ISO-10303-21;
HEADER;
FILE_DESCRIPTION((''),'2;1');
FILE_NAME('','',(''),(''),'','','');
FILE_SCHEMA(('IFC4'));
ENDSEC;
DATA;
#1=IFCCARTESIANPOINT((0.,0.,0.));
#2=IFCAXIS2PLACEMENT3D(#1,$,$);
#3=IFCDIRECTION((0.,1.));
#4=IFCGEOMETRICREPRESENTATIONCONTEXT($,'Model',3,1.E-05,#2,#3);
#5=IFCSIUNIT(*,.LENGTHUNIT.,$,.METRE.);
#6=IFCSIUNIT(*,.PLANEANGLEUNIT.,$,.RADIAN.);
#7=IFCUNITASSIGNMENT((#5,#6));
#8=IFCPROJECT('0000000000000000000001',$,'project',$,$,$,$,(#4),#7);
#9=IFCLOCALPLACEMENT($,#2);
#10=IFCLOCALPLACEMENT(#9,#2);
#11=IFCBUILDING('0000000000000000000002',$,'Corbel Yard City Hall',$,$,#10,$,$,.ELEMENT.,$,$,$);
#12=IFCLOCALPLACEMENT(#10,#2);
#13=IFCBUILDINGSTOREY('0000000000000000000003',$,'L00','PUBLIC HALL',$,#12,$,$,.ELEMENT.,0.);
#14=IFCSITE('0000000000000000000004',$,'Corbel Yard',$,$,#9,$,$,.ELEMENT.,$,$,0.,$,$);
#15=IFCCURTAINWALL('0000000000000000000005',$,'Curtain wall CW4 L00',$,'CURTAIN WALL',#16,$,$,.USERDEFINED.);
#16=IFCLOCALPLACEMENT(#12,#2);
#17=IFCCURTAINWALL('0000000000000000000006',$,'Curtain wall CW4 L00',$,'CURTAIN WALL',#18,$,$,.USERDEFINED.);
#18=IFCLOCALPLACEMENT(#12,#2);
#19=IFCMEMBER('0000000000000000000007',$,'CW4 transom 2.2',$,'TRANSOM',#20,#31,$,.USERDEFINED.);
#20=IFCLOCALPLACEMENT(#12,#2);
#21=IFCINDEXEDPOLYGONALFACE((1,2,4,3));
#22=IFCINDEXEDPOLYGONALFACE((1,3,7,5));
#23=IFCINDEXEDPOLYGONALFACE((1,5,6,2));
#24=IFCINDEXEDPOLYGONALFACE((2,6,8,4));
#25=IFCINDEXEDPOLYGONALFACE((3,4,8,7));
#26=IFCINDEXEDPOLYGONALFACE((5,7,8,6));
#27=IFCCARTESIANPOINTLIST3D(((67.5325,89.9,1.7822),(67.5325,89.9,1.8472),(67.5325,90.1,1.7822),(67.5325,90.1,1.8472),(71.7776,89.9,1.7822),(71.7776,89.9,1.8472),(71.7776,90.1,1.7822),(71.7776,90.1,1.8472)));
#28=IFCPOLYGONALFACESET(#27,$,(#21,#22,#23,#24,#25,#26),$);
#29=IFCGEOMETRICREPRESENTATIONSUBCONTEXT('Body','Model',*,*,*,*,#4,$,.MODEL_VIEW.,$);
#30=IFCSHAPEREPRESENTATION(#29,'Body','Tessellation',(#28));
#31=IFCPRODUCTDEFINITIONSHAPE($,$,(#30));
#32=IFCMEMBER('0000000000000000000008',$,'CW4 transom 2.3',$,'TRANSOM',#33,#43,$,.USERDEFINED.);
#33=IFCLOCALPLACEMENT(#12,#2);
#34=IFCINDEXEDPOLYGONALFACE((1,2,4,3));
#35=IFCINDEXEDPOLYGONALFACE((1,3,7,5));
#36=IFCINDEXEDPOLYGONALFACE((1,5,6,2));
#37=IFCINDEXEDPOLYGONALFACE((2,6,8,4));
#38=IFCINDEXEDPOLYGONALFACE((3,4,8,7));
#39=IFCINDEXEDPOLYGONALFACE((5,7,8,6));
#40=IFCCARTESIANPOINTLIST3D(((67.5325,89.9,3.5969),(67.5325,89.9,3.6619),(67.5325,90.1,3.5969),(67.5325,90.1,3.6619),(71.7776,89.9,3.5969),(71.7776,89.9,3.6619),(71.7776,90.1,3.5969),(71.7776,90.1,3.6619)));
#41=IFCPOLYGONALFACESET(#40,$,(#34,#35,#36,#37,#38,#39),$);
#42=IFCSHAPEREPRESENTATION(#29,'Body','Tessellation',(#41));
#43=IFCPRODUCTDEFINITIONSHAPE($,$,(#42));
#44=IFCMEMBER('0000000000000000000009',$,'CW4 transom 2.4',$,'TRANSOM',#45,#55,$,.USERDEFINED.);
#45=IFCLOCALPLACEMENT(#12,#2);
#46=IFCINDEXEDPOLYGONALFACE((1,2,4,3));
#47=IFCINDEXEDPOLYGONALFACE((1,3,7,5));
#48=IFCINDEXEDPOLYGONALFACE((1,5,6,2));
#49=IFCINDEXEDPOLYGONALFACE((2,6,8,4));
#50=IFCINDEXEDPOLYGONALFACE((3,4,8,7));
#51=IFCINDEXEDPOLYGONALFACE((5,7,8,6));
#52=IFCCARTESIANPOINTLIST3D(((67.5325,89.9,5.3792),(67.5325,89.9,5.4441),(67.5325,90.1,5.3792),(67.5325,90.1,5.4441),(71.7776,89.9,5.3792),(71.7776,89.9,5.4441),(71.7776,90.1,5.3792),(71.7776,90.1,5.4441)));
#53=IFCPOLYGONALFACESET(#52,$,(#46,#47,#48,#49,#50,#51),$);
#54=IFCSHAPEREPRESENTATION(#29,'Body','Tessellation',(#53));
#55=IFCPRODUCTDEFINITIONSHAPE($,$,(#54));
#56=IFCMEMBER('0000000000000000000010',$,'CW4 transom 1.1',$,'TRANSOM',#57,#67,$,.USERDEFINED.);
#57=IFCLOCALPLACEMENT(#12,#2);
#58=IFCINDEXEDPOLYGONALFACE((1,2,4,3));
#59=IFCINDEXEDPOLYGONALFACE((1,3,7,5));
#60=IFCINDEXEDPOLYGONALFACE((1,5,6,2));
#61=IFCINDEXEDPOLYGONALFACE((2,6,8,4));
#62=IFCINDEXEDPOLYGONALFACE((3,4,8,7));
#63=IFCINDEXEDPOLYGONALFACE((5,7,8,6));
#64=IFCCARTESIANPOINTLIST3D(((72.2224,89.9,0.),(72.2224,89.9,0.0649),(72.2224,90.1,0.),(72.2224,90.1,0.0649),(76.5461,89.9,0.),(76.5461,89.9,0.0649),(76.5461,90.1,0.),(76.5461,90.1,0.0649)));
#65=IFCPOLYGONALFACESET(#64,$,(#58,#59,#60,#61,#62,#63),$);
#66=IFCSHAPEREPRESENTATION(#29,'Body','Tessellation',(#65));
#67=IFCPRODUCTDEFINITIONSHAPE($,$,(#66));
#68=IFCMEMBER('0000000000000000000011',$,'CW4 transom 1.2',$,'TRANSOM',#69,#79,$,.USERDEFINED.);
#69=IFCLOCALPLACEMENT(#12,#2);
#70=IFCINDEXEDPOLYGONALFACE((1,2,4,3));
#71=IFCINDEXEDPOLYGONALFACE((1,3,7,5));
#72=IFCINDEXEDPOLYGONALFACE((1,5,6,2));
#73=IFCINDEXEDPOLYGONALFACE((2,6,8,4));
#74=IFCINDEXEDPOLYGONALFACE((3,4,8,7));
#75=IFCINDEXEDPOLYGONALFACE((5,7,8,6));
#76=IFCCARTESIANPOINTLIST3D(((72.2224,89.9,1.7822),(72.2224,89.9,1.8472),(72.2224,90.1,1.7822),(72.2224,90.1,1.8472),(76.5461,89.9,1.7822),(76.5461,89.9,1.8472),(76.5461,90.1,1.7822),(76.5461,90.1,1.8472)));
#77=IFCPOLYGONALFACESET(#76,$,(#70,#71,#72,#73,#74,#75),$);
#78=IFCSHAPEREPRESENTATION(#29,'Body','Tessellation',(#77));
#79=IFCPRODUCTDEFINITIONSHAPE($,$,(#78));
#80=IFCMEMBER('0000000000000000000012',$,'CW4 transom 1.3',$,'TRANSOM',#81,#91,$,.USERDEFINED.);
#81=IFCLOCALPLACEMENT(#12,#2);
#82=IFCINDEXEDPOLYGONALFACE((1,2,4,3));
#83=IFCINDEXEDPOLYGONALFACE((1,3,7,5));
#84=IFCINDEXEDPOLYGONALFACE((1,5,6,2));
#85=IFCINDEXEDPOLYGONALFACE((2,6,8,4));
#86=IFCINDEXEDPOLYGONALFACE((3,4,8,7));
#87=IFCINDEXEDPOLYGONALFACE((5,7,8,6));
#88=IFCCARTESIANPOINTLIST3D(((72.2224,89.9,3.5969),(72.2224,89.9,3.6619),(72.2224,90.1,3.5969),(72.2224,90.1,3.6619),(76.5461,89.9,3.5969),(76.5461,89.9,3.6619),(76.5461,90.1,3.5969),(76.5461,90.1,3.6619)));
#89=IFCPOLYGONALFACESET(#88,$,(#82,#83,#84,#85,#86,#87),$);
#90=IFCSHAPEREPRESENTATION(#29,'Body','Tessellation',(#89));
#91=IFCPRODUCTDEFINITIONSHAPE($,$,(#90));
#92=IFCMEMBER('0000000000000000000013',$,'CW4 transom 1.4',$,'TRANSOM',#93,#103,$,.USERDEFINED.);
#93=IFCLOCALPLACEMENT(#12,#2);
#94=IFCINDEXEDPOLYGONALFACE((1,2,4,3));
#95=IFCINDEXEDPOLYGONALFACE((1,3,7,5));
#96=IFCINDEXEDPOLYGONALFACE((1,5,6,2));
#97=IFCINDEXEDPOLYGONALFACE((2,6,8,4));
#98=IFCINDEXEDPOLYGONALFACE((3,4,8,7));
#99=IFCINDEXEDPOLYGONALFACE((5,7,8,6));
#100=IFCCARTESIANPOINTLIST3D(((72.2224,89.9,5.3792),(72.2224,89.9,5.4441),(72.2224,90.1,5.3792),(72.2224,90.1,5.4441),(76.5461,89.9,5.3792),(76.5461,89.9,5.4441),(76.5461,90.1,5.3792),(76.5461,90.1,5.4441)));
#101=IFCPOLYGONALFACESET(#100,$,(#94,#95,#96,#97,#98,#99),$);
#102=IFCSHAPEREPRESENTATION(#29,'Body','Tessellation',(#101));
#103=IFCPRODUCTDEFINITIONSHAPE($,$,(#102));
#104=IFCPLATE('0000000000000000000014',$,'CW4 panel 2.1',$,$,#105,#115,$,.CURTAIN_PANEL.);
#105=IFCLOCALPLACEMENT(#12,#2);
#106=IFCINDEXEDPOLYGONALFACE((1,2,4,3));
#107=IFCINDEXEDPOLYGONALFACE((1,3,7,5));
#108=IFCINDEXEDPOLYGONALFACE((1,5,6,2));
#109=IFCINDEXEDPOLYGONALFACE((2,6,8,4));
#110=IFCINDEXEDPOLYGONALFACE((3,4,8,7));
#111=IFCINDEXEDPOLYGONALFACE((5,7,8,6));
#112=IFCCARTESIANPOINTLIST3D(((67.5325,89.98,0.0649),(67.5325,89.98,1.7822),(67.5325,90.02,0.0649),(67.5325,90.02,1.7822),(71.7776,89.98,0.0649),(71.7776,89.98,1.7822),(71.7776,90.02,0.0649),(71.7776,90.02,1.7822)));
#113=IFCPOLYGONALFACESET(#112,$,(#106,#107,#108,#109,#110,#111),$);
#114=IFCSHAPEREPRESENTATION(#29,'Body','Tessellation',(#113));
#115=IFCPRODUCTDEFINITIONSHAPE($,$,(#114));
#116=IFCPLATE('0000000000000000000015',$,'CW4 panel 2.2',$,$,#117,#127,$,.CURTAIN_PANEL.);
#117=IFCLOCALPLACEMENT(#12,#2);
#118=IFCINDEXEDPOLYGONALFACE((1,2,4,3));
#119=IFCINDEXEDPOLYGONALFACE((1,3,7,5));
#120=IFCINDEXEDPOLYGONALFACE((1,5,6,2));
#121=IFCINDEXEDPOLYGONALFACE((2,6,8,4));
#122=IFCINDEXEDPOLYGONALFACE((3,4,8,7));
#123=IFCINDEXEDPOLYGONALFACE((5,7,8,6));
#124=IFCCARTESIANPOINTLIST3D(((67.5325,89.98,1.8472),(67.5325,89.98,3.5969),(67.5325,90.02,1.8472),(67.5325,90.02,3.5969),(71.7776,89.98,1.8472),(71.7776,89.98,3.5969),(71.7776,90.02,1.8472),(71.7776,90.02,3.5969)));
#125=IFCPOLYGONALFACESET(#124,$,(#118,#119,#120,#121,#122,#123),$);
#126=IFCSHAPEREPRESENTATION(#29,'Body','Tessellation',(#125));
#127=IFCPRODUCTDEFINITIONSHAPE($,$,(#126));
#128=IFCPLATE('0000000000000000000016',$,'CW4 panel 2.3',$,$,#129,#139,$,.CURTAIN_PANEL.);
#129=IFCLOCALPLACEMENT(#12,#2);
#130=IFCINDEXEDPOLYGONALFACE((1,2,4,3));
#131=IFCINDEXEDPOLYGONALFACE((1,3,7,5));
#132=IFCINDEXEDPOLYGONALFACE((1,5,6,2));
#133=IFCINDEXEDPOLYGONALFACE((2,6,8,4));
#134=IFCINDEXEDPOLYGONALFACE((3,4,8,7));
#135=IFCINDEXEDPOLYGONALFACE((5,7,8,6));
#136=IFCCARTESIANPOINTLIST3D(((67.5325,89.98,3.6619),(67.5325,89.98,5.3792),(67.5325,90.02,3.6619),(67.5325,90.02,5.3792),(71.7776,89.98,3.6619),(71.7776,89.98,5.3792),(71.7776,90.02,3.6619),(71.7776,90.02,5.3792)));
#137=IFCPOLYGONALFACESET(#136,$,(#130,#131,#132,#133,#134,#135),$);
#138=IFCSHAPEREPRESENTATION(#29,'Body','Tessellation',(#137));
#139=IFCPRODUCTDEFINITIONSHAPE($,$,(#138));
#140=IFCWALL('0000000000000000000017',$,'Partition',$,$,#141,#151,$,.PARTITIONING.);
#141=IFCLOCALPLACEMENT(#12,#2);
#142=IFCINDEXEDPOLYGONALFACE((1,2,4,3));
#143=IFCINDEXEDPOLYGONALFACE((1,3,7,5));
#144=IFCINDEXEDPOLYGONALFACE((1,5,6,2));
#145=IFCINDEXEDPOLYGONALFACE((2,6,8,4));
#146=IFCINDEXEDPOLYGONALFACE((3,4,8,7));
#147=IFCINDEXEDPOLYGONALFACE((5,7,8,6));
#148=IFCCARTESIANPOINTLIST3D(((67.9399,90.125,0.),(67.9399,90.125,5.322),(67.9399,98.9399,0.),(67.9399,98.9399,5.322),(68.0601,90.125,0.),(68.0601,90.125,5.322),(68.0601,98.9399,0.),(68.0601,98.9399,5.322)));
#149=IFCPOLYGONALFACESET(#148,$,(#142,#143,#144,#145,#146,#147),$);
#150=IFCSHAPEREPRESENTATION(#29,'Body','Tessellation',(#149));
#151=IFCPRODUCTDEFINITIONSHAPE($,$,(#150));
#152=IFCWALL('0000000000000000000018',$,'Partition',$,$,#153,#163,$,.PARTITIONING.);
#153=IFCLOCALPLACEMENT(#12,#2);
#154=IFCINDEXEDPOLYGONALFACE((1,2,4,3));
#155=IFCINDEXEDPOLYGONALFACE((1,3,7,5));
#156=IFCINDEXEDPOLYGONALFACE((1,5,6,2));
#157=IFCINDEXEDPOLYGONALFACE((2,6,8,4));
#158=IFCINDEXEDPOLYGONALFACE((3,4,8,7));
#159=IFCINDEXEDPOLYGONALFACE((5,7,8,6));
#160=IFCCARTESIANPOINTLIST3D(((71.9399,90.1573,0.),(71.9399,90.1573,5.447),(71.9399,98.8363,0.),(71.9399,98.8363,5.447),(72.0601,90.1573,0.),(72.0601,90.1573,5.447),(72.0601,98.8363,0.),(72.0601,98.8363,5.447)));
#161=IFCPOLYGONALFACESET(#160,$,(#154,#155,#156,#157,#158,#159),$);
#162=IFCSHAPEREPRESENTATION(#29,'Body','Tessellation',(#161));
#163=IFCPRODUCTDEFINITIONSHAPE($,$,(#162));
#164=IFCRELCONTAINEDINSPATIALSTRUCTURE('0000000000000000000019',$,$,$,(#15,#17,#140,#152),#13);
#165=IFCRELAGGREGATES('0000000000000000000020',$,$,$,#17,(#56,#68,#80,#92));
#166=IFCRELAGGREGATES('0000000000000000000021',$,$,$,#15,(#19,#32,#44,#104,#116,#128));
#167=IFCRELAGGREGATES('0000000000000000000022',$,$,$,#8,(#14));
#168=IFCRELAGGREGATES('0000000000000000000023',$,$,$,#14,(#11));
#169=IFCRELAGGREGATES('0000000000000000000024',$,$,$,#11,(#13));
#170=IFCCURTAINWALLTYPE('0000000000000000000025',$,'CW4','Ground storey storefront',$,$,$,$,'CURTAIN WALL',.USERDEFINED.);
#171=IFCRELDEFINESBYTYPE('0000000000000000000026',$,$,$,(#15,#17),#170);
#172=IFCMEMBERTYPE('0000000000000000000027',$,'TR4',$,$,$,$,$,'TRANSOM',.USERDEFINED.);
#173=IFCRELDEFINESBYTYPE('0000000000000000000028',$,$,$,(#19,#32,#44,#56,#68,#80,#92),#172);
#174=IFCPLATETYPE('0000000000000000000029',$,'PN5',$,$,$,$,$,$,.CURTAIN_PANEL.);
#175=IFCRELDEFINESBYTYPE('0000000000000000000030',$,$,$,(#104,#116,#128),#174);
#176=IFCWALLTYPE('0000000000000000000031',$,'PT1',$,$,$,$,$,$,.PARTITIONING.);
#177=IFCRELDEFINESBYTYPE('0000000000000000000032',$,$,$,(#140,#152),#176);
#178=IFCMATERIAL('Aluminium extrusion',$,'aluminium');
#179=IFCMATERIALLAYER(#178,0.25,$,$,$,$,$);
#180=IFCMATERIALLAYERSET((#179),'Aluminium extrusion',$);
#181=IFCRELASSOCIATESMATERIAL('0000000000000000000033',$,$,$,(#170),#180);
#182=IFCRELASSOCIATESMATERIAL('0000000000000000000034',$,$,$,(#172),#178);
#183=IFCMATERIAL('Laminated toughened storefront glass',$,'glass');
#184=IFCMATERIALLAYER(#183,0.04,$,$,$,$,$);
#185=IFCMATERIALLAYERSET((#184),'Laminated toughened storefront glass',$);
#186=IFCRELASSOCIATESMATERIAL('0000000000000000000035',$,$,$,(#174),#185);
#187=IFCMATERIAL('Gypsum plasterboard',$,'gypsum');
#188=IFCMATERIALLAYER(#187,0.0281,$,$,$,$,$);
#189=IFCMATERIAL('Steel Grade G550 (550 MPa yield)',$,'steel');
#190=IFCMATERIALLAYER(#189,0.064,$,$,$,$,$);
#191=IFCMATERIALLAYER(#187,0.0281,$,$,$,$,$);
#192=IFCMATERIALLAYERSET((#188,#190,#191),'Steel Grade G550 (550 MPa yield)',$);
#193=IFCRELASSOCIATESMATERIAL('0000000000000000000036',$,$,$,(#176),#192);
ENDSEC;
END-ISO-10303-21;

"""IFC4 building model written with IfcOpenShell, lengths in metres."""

from ifc_helpers import new_model, si_unit, direction, frame, frame_2d, origin, origin_2d, place, context, subcontext, project, spatial, rectangle, extrude, material, layer, layer_set, material_profile, profile_set, type_object, element, aggregate, save


model = new_model("IFC4")

# Units and contexts
model_context = context("Model", 3, precision=1e-05, world=origin(), true_north=direction((0.0, 1.0)))
body_context = subcontext(model_context, "Body", "Model", "MODEL_VIEW")
ifc_project = project(units=[si_unit("LENGTHUNIT", "METRE"), si_unit("PLANEANGLEUNIT", "RADIAN")], contexts=[model_context])

# Site, building, storey
site_placement = place(None, origin())
site = spatial("IfcSite", under=ifc_project, at=site_placement, Name="Corbel Yard", CompositionType="ELEMENT", RefElevation=0.0)
building_placement = place(site_placement, origin())
building = spatial("IfcBuilding", under=site, at=building_placement, Name="Corbel Yard City Hall", CompositionType="ELEMENT")
storey_placement = place(building_placement, origin())
storey = spatial("IfcBuildingStorey", under=building, at=storey_placement, Name="L00", Description="PUBLIC HALL", CompositionType="ELEMENT", Elevation=0.0)

# Curtain walls
ifc_material_1 = material(Name="Aluminium extrusion", Category="aluminium")
ifc_layer_1 = layer(ifc_material_1, 0.25)
ifc_layer_set_1 = layer_set([ifc_layer_1], Name="Aluminium extrusion")
curtain_wall_type = type_object("IfcCurtainWallType", Name="CW4", Description="Ground storey storefront", ElementType="CURTAIN WALL", PredefinedType="USERDEFINED", material=ifc_layer_set_1)
curtain_wall_1_placement = place(storey_placement, origin())
curtain_wall_1 = element("IfcCurtainWall", 1, at=curtain_wall_1_placement, inside=storey, type_object=curtain_wall_type, Name="Curtain wall CW4 L00", ObjectType="CURTAIN WALL", PredefinedType="USERDEFINED")
curtain_wall_2_placement = place(storey_placement, origin())
curtain_wall_2 = element("IfcCurtainWall", 2, at=curtain_wall_2_placement, inside=storey, type_object=curtain_wall_type, Name="Curtain wall CW4 L00", ObjectType="CURTAIN WALL", PredefinedType="USERDEFINED")

# Members
ifc_material_profile_1 = material_profile(ifc_material_1, rectangle(XDim=0.2, YDim=0.0649, at=origin_2d()), Name="200x65")
ifc_profile_set_1 = profile_set([ifc_material_profile_1], Name="Aluminium extrusion")
member_type_1 = type_object("IfcMemberType", Name="TR4", ElementType="TRANSOM", PredefinedType="USERDEFINED", material=ifc_profile_set_1)
member_1_placement = place(storey_placement, frame((67.5325, 90.0, 1.8147), z_axis=(1.0, 0.0, 0.0), x_axis=(0.0, 1.0, 0.0)))
member_1 = element("IfcMember", 3, at=member_1_placement, type_object=member_type_1, Name="CW4 transom 2.2", ObjectType="TRANSOM", PredefinedType="USERDEFINED", context=body_context, shape_type="SweptSolid", body=[
    extrude(rectangle(XDim=0.2, YDim=0.0649, at=origin_2d()), origin(), (0.0, 0.0, 1.0), 4.2451),
])
member_2_placement = place(storey_placement, frame((67.5325, 90.0, 3.6294), z_axis=(1.0, 0.0, 0.0), x_axis=(0.0, 1.0, 0.0)))
member_2 = element("IfcMember", 4, at=member_2_placement, type_object=member_type_1, Name="CW4 transom 2.3", ObjectType="TRANSOM", PredefinedType="USERDEFINED", context=body_context, shape_type="SweptSolid", body=[
    extrude(rectangle(XDim=0.2, YDim=0.0649, at=origin_2d()), origin(), (0.0, 0.0, 1.0), 4.2451),
])
member_3_placement = place(storey_placement, frame((67.5325, 90.0, 5.4116), z_axis=(1.0, 0.0, 0.0), x_axis=(0.0, 1.0, 0.0)))
member_3 = element("IfcMember", 5, at=member_3_placement, type_object=member_type_1, Name="CW4 transom 2.4", ObjectType="TRANSOM", PredefinedType="USERDEFINED", context=body_context, shape_type="SweptSolid", body=[
    extrude(rectangle(XDim=0.2, YDim=0.0649, at=origin_2d()), origin(), (0.0, 0.0, 1.0), 4.2451),
])
member_4_placement = place(storey_placement, frame((72.2224, 90.0, 0.0325), z_axis=(1.0, 0.0, 0.0), x_axis=(0.0, 1.0, 0.0)))
member_4 = element("IfcMember", 6, at=member_4_placement, type_object=member_type_1, Name="CW4 transom 1.1", ObjectType="TRANSOM", PredefinedType="USERDEFINED", context=body_context, shape_type="SweptSolid", body=[
    extrude(rectangle(XDim=0.2, YDim=0.0649, at=origin_2d()), origin(), (0.0, 0.0, 1.0), 4.3237),
])
member_5_placement = place(storey_placement, frame((72.2224, 90.0, 1.8147), z_axis=(1.0, 0.0, 0.0), x_axis=(0.0, 1.0, 0.0)))
member_5 = element("IfcMember", 7, at=member_5_placement, type_object=member_type_1, Name="CW4 transom 1.2", ObjectType="TRANSOM", PredefinedType="USERDEFINED", context=body_context, shape_type="SweptSolid", body=[
    extrude(rectangle(XDim=0.2, YDim=0.0649, at=origin_2d()), origin(), (0.0, 0.0, 1.0), 4.3237),
])
member_6_placement = place(storey_placement, frame((72.2224, 90.0, 3.6294), z_axis=(1.0, 0.0, 0.0), x_axis=(0.0, 1.0, 0.0)))
member_6 = element("IfcMember", 8, at=member_6_placement, type_object=member_type_1, Name="CW4 transom 1.3", ObjectType="TRANSOM", PredefinedType="USERDEFINED", context=body_context, shape_type="SweptSolid", body=[
    extrude(rectangle(XDim=0.2, YDim=0.0649, at=origin_2d()), origin(), (0.0, 0.0, 1.0), 4.3237),
])
member_7_placement = place(storey_placement, frame((72.2224, 90.0, 5.4116), z_axis=(1.0, 0.0, 0.0), x_axis=(0.0, 1.0, 0.0)))
member_7 = element("IfcMember", 9, at=member_7_placement, type_object=member_type_1, Name="CW4 transom 1.4", ObjectType="TRANSOM", PredefinedType="USERDEFINED", context=body_context, shape_type="SweptSolid", body=[
    extrude(rectangle(XDim=0.2, YDim=0.0649, at=origin_2d()), origin(), (0.0, 0.0, 1.0), 4.3237),
])
aggregate(curtain_wall_2, [member_4, member_5, member_6, member_7])

# Plates
ifc_material_2 = material(Name="Laminated toughened storefront glass", Category="glass")
ifc_layer_2 = layer(ifc_material_2, 0.04)
ifc_layer_set_2 = layer_set([ifc_layer_2], Name="Laminated toughened storefront glass")
plate_type = type_object("IfcPlateType", Name="PN5", PredefinedType="CURTAIN_PANEL", material=ifc_layer_set_2)
plate_1_placement = place(storey_placement, frame((69.655, 90.0, 0.0649), z_axis=(0.0, 0.0, 1.0), x_axis=(1.0, 0.0, 0.0)))
plate_1 = element("IfcPlate", 10, at=plate_1_placement, type_object=plate_type, Name="CW4 panel 2.1", PredefinedType="CURTAIN_PANEL", context=body_context, shape_type="SweptSolid", body=[
    extrude(rectangle(XDim=4.2451, YDim=0.04, at=origin_2d()), origin(), (0.0, 0.0, 1.0), 1.7173),
])
plate_2_placement = place(storey_placement, frame((69.655, 90.0, 1.8472), z_axis=(0.0, 0.0, 1.0), x_axis=(1.0, 0.0, 0.0)))
plate_2 = element("IfcPlate", 11, at=plate_2_placement, type_object=plate_type, Name="CW4 panel 2.2", PredefinedType="CURTAIN_PANEL", context=body_context, shape_type="SweptSolid", body=[
    extrude(rectangle(XDim=4.2451, YDim=0.04, at=origin_2d()), origin(), (0.0, 0.0, 1.0), 1.7498),
])
plate_3_placement = place(storey_placement, frame((69.655, 90.0, 3.6619), z_axis=(0.0, 0.0, 1.0), x_axis=(1.0, 0.0, 0.0)))
plate_3 = element("IfcPlate", 12, at=plate_3_placement, type_object=plate_type, Name="CW4 panel 2.3", PredefinedType="CURTAIN_PANEL", context=body_context, shape_type="SweptSolid", body=[
    extrude(rectangle(XDim=4.2451, YDim=0.04, at=origin_2d()), origin(), (0.0, 0.0, 1.0), 1.7173),
])
aggregate(curtain_wall_1, [member_1, member_2, member_3, plate_1, plate_2, plate_3])

# Walls
ifc_material_3 = material(Name="Gypsum plasterboard", Category="gypsum")
ifc_layer_3 = layer(ifc_material_3, 0.0281)
ifc_material_4 = material(Name="Steel Grade G550 (550 MPa yield)", Category="steel")
ifc_layer_4 = layer(ifc_material_4, 0.064)
ifc_layer_5 = layer(ifc_material_3, 0.0281)
ifc_layer_set_3 = layer_set([ifc_layer_3, ifc_layer_4, ifc_layer_5], Name="Steel Grade G550 (550 MPa yield)")
wall_type = type_object("IfcWallType", Name="PT1", PredefinedType="PARTITIONING", material=ifc_layer_set_3)
wall_1_placement = place(storey_placement, frame((68.0, 90.125, 0.0), z_axis=(0.0, 0.0, 1.0), x_axis=(0.0, 1.0, 0.0)))
element("IfcWall", 13, at=wall_1_placement, inside=storey, type_object=wall_type, Name="Partition", PredefinedType="PARTITIONING", context=body_context, shape_type="SweptSolid", body=[
    extrude(rectangle(XDim=8.8149, YDim=0.1201, at=frame_2d((4.4075, 0.0))), origin(), (0.0, 0.0, 1.0), 5.322),
])
wall_2_placement = place(storey_placement, frame((72.0, 90.1575, 0.0), z_axis=(0.0, 0.0, 1.0), x_axis=(0.0, 1.0, 0.0)))
element("IfcWall", 14, at=wall_2_placement, inside=storey, type_object=wall_type, Name="Partition", PredefinedType="PARTITIONING", context=body_context, shape_type="SweptSolid", body=[
    extrude(rectangle(XDim=8.679, YDim=0.1201, at=frame_2d((4.3394, 0.0))), origin(), (0.0, 0.0, 1.0), 5.447),
])

save(model, "model.ifc")
